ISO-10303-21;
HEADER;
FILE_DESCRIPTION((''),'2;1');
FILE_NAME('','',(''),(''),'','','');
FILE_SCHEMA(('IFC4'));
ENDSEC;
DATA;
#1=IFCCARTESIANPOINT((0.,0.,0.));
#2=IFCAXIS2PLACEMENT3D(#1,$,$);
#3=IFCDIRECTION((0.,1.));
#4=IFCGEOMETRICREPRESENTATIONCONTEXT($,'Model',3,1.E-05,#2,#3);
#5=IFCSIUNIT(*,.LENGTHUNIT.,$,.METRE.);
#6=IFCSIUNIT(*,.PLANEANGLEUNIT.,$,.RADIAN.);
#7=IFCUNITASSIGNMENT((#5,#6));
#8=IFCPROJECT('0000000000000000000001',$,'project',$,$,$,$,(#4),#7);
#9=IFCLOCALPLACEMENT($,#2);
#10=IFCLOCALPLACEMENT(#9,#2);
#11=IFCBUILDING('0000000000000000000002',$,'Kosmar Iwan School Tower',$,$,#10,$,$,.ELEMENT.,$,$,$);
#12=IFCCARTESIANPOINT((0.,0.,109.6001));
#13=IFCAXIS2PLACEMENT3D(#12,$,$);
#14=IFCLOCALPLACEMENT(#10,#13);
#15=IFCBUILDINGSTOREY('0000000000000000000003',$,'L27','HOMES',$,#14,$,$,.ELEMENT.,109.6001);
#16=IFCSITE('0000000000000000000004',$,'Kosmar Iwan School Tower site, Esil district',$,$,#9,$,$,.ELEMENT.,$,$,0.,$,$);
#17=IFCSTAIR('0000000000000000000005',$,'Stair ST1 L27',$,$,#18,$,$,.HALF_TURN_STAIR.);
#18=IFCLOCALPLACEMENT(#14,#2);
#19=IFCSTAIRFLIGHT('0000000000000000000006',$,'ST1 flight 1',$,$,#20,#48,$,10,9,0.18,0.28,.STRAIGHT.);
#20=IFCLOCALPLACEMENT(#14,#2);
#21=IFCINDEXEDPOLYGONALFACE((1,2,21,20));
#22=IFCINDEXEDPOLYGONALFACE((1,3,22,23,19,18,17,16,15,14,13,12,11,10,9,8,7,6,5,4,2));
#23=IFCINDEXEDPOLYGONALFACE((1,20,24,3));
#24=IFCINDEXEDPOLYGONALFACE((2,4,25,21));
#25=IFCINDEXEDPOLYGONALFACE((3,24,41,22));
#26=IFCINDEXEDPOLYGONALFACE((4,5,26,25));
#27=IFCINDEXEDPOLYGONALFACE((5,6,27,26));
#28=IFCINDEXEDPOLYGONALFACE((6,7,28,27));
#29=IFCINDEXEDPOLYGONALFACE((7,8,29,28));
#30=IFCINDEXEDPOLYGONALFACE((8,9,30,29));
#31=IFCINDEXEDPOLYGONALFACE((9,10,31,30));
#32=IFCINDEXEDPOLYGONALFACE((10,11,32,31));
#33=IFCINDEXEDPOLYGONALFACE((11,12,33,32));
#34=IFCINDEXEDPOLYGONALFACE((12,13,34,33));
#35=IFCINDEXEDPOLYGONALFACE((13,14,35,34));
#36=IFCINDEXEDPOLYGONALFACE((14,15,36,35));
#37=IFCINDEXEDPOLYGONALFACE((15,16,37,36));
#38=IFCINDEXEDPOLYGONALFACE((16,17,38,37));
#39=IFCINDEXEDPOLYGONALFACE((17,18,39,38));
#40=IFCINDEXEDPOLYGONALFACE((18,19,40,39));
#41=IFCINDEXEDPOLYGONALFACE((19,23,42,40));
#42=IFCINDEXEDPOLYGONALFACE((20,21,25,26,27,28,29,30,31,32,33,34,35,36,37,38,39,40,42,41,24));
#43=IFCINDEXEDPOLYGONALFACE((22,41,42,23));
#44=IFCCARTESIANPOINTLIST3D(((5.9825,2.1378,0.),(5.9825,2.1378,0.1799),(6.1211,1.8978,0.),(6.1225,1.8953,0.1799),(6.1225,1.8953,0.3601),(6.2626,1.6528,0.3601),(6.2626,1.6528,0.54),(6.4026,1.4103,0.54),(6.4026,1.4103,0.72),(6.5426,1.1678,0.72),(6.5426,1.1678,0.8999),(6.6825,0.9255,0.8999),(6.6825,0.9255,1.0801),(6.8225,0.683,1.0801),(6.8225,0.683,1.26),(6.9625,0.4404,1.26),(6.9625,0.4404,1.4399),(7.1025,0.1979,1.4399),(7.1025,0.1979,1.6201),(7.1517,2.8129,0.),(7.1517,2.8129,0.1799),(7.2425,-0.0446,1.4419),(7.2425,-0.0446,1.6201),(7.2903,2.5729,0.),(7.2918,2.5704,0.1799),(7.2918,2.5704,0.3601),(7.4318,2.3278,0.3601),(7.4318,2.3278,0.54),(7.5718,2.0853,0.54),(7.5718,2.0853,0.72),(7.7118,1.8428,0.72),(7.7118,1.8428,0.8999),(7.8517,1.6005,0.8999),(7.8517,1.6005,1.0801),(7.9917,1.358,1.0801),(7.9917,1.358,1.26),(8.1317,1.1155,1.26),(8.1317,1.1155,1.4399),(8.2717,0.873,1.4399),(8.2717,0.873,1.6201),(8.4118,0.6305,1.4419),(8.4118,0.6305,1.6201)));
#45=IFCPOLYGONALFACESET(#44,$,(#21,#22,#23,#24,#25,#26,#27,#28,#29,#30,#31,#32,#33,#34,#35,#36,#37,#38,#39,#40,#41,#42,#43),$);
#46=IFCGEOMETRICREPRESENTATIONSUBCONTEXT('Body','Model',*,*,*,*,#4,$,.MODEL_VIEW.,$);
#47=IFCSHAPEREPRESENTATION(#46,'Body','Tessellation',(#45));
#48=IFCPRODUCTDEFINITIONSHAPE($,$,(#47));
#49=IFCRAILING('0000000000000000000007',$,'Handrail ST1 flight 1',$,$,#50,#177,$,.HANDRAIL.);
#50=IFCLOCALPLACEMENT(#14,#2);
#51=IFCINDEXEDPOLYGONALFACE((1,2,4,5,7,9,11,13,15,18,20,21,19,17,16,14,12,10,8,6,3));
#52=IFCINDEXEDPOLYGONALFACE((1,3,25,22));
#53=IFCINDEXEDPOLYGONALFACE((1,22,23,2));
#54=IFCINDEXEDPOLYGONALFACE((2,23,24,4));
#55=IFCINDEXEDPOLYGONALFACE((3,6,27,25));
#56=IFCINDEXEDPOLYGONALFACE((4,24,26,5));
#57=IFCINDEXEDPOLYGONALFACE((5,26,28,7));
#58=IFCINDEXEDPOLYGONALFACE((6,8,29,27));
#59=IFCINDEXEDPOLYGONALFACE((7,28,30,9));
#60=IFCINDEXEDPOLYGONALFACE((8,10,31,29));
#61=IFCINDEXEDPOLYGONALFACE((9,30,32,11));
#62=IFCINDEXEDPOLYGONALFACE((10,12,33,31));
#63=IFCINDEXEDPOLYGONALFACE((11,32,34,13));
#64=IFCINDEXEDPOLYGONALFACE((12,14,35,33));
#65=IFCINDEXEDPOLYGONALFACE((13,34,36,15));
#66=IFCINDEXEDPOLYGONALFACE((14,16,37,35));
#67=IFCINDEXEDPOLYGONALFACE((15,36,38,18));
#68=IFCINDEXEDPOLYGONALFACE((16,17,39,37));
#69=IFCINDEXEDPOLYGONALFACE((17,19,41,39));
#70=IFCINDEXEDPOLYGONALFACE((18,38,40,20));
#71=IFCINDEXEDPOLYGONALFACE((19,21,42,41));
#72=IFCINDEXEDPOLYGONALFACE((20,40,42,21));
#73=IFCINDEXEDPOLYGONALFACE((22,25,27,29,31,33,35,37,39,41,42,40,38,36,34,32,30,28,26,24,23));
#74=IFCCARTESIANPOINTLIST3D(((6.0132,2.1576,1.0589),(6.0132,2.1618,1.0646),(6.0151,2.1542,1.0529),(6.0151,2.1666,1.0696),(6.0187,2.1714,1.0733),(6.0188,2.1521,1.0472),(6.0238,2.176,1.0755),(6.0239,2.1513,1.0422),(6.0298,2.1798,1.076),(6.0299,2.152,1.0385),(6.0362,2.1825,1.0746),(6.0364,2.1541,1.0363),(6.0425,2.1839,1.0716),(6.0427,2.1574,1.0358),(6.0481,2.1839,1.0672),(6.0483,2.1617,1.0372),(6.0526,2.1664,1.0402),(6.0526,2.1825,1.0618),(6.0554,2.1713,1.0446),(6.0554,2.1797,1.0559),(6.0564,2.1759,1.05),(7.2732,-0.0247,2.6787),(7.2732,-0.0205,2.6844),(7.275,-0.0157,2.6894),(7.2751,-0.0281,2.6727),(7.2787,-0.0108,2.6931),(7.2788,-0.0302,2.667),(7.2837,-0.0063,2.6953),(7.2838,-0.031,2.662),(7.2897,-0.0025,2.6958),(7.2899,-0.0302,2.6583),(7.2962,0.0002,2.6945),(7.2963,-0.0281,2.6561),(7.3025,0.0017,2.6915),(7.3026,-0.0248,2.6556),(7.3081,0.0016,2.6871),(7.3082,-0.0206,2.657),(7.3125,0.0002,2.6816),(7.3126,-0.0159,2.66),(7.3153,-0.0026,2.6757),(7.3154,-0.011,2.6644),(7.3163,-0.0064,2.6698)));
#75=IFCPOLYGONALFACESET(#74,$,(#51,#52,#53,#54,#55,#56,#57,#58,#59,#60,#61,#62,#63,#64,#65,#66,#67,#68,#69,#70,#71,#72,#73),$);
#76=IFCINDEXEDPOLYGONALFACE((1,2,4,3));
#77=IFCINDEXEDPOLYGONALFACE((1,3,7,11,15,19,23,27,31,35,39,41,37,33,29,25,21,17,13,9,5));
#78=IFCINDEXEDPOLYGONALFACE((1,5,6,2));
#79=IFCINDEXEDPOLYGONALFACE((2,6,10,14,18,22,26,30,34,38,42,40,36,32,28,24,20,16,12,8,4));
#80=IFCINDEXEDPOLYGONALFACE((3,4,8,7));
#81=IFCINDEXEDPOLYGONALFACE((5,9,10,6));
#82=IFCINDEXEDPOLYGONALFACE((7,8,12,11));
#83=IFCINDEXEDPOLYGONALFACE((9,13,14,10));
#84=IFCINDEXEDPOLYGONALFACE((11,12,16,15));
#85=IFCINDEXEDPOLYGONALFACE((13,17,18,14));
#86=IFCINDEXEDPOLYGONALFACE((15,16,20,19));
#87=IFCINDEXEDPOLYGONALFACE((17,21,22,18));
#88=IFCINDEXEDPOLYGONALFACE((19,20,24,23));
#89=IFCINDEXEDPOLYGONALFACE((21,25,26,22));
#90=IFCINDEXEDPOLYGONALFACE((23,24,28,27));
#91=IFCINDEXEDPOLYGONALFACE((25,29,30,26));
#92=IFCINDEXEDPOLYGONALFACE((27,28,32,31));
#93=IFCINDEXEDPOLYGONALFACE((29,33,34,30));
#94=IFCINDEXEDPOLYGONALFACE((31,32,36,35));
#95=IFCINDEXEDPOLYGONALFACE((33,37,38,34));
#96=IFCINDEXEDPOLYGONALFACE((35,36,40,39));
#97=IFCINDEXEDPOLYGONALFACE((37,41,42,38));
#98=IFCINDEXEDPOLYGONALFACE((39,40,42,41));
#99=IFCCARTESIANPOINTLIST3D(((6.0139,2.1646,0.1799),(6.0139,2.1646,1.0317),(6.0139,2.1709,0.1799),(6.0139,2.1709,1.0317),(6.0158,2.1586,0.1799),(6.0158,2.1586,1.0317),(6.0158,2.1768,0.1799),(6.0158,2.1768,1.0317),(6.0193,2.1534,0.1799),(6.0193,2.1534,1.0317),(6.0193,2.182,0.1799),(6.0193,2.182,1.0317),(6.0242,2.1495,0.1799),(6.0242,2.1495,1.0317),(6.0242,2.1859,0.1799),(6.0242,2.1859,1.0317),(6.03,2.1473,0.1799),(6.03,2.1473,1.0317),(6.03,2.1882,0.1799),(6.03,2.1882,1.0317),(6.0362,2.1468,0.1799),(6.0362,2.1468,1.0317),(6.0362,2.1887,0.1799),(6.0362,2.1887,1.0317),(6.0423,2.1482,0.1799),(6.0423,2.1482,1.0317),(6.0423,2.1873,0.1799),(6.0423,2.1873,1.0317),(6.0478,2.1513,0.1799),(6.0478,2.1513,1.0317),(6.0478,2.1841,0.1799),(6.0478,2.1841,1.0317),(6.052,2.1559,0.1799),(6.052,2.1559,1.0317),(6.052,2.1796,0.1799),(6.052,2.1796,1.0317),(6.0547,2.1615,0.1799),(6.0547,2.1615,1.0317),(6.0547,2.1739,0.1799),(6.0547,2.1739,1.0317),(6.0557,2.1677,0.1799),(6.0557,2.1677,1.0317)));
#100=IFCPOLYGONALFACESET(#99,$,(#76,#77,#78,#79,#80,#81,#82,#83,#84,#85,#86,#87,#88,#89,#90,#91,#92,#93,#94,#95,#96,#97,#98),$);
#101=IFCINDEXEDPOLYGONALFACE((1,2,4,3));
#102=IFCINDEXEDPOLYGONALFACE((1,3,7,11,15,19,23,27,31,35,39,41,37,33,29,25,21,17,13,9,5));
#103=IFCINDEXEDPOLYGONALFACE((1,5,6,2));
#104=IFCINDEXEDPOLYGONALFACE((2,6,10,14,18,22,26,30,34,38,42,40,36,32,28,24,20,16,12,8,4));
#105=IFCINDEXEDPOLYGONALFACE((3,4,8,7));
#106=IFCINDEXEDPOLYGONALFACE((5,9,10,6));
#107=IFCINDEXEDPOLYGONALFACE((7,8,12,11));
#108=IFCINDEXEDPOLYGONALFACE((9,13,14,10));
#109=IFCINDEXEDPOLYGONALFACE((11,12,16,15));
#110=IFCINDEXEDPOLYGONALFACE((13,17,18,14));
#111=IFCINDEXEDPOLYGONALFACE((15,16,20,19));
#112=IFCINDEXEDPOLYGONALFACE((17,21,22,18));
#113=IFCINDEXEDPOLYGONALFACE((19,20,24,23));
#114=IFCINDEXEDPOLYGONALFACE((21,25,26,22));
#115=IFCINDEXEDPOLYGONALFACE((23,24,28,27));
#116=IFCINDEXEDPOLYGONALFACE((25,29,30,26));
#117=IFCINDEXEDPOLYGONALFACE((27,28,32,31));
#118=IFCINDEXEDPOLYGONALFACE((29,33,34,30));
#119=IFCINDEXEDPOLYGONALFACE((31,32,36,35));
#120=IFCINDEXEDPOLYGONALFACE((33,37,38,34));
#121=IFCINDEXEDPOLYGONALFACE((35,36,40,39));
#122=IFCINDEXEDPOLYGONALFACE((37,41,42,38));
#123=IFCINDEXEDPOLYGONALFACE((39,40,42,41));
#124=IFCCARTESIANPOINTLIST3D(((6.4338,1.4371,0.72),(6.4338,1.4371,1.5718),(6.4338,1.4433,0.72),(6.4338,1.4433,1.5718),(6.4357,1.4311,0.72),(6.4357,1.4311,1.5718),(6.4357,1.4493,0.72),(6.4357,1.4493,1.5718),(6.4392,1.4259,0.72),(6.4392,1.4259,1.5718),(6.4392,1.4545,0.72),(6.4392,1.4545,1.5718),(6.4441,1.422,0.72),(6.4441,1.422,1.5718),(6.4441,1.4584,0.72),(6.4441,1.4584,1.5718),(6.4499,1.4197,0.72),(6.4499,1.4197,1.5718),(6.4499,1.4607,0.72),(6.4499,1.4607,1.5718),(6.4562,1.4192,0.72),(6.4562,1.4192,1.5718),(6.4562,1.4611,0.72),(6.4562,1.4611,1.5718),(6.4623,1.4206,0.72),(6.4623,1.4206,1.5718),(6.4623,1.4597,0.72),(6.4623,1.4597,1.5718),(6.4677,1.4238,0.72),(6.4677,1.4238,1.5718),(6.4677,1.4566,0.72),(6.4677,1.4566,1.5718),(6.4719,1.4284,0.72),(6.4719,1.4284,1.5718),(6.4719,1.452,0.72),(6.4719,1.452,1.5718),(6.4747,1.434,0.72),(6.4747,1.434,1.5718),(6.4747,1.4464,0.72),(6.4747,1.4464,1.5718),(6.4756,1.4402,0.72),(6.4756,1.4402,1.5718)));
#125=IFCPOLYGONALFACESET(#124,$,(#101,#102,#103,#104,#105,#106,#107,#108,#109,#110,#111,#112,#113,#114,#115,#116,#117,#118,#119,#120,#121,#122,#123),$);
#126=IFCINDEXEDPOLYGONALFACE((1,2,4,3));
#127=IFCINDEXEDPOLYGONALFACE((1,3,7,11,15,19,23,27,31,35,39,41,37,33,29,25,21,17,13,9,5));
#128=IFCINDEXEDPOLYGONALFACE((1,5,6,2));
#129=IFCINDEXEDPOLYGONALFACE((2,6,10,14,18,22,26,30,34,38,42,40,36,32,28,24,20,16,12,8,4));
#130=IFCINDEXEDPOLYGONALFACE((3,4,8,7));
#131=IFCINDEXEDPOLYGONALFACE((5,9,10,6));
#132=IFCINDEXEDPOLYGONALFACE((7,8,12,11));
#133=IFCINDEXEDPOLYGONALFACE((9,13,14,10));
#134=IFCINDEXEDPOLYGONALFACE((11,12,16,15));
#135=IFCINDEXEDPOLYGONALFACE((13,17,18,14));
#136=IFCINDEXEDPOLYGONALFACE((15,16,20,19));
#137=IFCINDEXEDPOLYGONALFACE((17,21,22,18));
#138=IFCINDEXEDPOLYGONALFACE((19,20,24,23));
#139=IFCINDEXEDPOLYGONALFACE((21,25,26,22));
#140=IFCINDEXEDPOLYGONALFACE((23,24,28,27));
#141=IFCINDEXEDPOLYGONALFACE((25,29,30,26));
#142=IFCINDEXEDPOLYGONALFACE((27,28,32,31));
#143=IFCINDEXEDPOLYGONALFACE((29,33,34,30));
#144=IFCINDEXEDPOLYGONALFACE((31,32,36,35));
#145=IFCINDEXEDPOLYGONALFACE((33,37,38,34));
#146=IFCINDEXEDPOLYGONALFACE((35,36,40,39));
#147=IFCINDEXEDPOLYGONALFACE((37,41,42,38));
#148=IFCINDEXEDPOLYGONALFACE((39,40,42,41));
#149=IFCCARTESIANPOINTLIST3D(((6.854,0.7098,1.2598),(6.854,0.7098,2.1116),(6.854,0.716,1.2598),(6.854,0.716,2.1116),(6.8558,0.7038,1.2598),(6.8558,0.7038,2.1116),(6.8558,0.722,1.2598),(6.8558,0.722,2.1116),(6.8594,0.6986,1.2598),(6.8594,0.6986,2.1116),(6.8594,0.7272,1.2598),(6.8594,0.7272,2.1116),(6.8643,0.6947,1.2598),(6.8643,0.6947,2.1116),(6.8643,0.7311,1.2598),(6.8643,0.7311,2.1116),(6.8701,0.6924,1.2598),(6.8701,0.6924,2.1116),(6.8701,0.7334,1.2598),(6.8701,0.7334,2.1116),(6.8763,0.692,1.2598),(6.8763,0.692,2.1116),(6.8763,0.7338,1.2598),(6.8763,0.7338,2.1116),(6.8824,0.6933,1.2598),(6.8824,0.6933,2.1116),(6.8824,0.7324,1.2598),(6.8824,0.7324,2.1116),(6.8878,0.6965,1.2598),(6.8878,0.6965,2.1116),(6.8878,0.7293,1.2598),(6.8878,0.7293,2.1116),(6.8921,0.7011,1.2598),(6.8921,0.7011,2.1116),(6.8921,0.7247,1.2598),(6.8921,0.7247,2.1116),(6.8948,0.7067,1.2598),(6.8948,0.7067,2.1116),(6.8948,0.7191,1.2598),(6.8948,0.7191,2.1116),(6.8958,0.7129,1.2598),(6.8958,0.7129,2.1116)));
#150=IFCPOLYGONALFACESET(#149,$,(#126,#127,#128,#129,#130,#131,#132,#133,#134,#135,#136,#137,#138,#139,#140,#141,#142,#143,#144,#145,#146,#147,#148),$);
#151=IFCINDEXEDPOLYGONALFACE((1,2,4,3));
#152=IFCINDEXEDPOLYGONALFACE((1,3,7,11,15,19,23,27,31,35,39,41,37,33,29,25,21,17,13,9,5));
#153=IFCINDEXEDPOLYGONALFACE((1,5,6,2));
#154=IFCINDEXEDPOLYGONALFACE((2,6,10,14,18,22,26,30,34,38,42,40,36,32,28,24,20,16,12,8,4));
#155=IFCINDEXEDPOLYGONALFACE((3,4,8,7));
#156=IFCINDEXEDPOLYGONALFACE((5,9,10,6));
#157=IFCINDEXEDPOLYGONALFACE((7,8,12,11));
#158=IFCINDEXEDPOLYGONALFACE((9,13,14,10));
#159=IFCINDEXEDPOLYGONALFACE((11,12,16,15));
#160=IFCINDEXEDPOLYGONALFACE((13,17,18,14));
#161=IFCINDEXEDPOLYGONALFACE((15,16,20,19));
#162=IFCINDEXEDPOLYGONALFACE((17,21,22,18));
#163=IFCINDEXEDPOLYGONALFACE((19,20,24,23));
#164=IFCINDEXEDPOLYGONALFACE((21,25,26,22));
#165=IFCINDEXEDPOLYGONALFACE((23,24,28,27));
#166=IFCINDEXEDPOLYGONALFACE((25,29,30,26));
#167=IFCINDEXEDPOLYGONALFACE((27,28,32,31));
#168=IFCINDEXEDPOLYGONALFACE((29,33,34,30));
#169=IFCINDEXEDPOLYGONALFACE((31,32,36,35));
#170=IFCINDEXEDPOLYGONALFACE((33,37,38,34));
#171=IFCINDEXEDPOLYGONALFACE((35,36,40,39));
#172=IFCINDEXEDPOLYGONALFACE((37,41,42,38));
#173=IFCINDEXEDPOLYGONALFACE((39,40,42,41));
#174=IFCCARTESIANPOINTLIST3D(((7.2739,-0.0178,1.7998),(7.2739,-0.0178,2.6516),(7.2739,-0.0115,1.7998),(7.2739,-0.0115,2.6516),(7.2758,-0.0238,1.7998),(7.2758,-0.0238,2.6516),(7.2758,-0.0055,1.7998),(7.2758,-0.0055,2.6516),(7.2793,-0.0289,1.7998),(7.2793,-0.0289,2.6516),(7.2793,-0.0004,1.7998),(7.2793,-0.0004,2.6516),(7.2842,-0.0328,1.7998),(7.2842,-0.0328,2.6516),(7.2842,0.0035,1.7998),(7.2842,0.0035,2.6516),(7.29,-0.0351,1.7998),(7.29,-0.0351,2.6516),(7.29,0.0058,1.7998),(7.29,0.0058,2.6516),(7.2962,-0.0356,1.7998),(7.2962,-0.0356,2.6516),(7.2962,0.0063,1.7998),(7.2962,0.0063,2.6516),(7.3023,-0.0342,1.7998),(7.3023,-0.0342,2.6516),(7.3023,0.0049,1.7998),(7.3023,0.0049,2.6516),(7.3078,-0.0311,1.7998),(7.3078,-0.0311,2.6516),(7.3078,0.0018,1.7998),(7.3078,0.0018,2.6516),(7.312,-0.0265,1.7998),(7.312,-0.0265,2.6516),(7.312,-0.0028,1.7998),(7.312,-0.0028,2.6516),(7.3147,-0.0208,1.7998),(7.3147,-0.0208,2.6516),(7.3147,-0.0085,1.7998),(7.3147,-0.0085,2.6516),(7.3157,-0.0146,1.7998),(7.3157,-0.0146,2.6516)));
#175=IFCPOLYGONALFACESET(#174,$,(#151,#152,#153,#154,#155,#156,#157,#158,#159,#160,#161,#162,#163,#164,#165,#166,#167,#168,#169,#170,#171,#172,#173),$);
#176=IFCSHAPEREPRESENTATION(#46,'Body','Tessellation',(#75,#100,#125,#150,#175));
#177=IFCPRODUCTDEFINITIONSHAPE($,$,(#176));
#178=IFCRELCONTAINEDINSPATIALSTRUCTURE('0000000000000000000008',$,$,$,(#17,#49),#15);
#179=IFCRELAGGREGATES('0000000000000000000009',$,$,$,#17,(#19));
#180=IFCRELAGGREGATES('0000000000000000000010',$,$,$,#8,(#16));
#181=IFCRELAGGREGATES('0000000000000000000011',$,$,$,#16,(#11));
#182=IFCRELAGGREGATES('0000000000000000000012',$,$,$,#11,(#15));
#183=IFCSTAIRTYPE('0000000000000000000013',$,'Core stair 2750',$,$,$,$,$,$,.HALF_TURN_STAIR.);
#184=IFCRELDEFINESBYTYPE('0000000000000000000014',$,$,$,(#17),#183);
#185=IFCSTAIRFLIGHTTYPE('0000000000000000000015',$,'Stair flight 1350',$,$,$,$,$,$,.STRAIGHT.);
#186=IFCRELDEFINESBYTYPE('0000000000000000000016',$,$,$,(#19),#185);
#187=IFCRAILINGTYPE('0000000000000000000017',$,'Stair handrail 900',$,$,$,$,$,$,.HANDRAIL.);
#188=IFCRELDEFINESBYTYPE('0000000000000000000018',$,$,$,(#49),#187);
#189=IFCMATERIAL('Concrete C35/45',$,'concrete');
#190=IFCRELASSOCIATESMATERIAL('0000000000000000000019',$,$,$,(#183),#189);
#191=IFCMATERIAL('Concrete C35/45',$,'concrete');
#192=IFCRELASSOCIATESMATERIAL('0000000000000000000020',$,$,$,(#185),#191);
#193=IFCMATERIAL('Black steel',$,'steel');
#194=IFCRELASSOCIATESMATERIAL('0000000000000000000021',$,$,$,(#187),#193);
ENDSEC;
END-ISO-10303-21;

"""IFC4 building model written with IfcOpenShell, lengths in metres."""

from ifc_helpers import new_model, si_unit, direction, frame, origin, origin_2d, place, context, subcontext, project, spatial, polyline, circle, outline, extrude, material, type_object, element, aggregate, save


model = new_model("IFC4")

# Units and contexts
model_context = context("Model", 3, precision=1e-05, world=origin(), true_north=direction((0.0, 1.0)))
body_context = subcontext(model_context, "Body", "Model", "MODEL_VIEW")
ifc_project = project(units=[si_unit("LENGTHUNIT", "METRE"), si_unit("PLANEANGLEUNIT", "RADIAN")], contexts=[model_context])

# Site, building, storey
site_placement = place(None, origin())
site = spatial("IfcSite", under=ifc_project, at=site_placement, Name="Kosmar Iwan School Tower site, Esil district", CompositionType="ELEMENT", RefElevation=0.0)
building_placement = place(site_placement, origin())
building = spatial("IfcBuilding", under=site, at=building_placement, Name="Kosmar Iwan School Tower", CompositionType="ELEMENT")
storey_placement = place(building_placement, frame((0.0, 0.0, 109.6001)))
storey = spatial("IfcBuildingStorey", under=building, at=storey_placement, Name="L27", Description="HOMES", CompositionType="ELEMENT", Elevation=109.6001)

# Stair, stair flight
ifc_material_1 = material(Name="Concrete C35/45", Category="concrete")
stair_type_1 = type_object("IfcStairType", Name="Core stair 2750", PredefinedType="HALF_TURN_STAIR", material=ifc_material_1)
stair_1_placement = place(storey_placement, origin())
stair_1 = element("IfcStair", 1, at=stair_1_placement, inside=storey, type_object=stair_type_1, Name="Stair ST1 L27", PredefinedType="HALF_TURN_STAIR")
ifc_material_2 = material(Name="Concrete C35/45", Category="concrete")
stair_flight_type = type_object("IfcStairFlightType", Name="Stair flight 1350", PredefinedType="STRAIGHT", material=ifc_material_2)
stair_flight_placement = place(storey_placement, frame((6.5671, 2.4753, 0.0), z_axis=(0.0, 0.0, 1.0), x_axis=(0.5, -0.866025, 0.0)))
stair_flight = element("IfcStairFlight", 2, at=stair_flight_placement, type_object=stair_flight_type, Name="ST1 flight 1", NumberOfRisers=10, NumberOfTreads=9, PredefinedType="STRAIGHT", RiserHeight=0.18, TreadLength=0.28, context=body_context, shape_type="SweptSolid", body=[
    extrude(outline(polyline([(0.0, 0.0), (0.0, 0.1799), (0.28, 0.1799), (0.28, 0.3601), (0.5601, 0.3601), (0.5601, 0.54), (0.8401, 0.54), (0.8401, 0.72), (1.1201, 0.72), (1.1201, 0.8999), (1.3999, 0.8999), (1.3999, 1.0801), (1.6799, 1.0801), (1.6799, 1.26), (1.96, 1.26), (1.96, 1.4399), (2.24, 1.4399), (2.24, 1.6201), (2.52, 1.6201), (2.52, 1.8), (2.52, 1.4419), (0.2771, 0.0), (0.0, 0.0)])), frame((0.0, 0.675, 0.0), z_axis=(0.0, -1.0, 0.0), x_axis=(1.0, 0.0, 0.0)), (0.0, 0.0, 1.0), 1.3501),
])
aggregate(stair_1, [stair_flight])

# Railing
ifc_material_3 = material(Name="Black steel", Category="steel")
railing_type = type_object("IfcRailingType", Name="Stair handrail 900", PredefinedType="HANDRAIL", material=ifc_material_3)
railing_placement = place(storey_placement, frame((6.0347, 2.1677, 0.1799)))
element("IfcRailing", 3, at=railing_placement, inside=storey, type_object=railing_type, Name="Handrail ST1 flight 1", PredefinedType="HANDRAIL", context=body_context, shape_type="SweptSolid", body=[
    extrude(circle(Radius=0.0239, at=origin_2d()), frame((0.0, 0.0, 0.876), z_axis=(0.420603, -0.728496, 0.540728), x_axis=(0.866023, 0.500005, 0.0)), (0.0, 0.0, 1.0), 2.9956),
    extrude(circle(Radius=0.021, at=origin_2d()), origin(), (0.0, 0.0, 1.0), 0.8518),
    extrude(circle(Radius=0.021, at=origin_2d()), frame((0.4199, -0.7275, 0.54)), (0.0, 0.0, 1.0), 0.8518),
    extrude(circle(Radius=0.021, at=origin_2d()), frame((0.8401, -1.4548, 1.0798)), (0.0, 0.0, 1.0), 0.8518),
    extrude(circle(Radius=0.021, at=origin_2d()), frame((1.26, -2.1824, 1.6199)), (0.0, 0.0, 1.0), 0.8518),
])

save(model, "model.ifc")
